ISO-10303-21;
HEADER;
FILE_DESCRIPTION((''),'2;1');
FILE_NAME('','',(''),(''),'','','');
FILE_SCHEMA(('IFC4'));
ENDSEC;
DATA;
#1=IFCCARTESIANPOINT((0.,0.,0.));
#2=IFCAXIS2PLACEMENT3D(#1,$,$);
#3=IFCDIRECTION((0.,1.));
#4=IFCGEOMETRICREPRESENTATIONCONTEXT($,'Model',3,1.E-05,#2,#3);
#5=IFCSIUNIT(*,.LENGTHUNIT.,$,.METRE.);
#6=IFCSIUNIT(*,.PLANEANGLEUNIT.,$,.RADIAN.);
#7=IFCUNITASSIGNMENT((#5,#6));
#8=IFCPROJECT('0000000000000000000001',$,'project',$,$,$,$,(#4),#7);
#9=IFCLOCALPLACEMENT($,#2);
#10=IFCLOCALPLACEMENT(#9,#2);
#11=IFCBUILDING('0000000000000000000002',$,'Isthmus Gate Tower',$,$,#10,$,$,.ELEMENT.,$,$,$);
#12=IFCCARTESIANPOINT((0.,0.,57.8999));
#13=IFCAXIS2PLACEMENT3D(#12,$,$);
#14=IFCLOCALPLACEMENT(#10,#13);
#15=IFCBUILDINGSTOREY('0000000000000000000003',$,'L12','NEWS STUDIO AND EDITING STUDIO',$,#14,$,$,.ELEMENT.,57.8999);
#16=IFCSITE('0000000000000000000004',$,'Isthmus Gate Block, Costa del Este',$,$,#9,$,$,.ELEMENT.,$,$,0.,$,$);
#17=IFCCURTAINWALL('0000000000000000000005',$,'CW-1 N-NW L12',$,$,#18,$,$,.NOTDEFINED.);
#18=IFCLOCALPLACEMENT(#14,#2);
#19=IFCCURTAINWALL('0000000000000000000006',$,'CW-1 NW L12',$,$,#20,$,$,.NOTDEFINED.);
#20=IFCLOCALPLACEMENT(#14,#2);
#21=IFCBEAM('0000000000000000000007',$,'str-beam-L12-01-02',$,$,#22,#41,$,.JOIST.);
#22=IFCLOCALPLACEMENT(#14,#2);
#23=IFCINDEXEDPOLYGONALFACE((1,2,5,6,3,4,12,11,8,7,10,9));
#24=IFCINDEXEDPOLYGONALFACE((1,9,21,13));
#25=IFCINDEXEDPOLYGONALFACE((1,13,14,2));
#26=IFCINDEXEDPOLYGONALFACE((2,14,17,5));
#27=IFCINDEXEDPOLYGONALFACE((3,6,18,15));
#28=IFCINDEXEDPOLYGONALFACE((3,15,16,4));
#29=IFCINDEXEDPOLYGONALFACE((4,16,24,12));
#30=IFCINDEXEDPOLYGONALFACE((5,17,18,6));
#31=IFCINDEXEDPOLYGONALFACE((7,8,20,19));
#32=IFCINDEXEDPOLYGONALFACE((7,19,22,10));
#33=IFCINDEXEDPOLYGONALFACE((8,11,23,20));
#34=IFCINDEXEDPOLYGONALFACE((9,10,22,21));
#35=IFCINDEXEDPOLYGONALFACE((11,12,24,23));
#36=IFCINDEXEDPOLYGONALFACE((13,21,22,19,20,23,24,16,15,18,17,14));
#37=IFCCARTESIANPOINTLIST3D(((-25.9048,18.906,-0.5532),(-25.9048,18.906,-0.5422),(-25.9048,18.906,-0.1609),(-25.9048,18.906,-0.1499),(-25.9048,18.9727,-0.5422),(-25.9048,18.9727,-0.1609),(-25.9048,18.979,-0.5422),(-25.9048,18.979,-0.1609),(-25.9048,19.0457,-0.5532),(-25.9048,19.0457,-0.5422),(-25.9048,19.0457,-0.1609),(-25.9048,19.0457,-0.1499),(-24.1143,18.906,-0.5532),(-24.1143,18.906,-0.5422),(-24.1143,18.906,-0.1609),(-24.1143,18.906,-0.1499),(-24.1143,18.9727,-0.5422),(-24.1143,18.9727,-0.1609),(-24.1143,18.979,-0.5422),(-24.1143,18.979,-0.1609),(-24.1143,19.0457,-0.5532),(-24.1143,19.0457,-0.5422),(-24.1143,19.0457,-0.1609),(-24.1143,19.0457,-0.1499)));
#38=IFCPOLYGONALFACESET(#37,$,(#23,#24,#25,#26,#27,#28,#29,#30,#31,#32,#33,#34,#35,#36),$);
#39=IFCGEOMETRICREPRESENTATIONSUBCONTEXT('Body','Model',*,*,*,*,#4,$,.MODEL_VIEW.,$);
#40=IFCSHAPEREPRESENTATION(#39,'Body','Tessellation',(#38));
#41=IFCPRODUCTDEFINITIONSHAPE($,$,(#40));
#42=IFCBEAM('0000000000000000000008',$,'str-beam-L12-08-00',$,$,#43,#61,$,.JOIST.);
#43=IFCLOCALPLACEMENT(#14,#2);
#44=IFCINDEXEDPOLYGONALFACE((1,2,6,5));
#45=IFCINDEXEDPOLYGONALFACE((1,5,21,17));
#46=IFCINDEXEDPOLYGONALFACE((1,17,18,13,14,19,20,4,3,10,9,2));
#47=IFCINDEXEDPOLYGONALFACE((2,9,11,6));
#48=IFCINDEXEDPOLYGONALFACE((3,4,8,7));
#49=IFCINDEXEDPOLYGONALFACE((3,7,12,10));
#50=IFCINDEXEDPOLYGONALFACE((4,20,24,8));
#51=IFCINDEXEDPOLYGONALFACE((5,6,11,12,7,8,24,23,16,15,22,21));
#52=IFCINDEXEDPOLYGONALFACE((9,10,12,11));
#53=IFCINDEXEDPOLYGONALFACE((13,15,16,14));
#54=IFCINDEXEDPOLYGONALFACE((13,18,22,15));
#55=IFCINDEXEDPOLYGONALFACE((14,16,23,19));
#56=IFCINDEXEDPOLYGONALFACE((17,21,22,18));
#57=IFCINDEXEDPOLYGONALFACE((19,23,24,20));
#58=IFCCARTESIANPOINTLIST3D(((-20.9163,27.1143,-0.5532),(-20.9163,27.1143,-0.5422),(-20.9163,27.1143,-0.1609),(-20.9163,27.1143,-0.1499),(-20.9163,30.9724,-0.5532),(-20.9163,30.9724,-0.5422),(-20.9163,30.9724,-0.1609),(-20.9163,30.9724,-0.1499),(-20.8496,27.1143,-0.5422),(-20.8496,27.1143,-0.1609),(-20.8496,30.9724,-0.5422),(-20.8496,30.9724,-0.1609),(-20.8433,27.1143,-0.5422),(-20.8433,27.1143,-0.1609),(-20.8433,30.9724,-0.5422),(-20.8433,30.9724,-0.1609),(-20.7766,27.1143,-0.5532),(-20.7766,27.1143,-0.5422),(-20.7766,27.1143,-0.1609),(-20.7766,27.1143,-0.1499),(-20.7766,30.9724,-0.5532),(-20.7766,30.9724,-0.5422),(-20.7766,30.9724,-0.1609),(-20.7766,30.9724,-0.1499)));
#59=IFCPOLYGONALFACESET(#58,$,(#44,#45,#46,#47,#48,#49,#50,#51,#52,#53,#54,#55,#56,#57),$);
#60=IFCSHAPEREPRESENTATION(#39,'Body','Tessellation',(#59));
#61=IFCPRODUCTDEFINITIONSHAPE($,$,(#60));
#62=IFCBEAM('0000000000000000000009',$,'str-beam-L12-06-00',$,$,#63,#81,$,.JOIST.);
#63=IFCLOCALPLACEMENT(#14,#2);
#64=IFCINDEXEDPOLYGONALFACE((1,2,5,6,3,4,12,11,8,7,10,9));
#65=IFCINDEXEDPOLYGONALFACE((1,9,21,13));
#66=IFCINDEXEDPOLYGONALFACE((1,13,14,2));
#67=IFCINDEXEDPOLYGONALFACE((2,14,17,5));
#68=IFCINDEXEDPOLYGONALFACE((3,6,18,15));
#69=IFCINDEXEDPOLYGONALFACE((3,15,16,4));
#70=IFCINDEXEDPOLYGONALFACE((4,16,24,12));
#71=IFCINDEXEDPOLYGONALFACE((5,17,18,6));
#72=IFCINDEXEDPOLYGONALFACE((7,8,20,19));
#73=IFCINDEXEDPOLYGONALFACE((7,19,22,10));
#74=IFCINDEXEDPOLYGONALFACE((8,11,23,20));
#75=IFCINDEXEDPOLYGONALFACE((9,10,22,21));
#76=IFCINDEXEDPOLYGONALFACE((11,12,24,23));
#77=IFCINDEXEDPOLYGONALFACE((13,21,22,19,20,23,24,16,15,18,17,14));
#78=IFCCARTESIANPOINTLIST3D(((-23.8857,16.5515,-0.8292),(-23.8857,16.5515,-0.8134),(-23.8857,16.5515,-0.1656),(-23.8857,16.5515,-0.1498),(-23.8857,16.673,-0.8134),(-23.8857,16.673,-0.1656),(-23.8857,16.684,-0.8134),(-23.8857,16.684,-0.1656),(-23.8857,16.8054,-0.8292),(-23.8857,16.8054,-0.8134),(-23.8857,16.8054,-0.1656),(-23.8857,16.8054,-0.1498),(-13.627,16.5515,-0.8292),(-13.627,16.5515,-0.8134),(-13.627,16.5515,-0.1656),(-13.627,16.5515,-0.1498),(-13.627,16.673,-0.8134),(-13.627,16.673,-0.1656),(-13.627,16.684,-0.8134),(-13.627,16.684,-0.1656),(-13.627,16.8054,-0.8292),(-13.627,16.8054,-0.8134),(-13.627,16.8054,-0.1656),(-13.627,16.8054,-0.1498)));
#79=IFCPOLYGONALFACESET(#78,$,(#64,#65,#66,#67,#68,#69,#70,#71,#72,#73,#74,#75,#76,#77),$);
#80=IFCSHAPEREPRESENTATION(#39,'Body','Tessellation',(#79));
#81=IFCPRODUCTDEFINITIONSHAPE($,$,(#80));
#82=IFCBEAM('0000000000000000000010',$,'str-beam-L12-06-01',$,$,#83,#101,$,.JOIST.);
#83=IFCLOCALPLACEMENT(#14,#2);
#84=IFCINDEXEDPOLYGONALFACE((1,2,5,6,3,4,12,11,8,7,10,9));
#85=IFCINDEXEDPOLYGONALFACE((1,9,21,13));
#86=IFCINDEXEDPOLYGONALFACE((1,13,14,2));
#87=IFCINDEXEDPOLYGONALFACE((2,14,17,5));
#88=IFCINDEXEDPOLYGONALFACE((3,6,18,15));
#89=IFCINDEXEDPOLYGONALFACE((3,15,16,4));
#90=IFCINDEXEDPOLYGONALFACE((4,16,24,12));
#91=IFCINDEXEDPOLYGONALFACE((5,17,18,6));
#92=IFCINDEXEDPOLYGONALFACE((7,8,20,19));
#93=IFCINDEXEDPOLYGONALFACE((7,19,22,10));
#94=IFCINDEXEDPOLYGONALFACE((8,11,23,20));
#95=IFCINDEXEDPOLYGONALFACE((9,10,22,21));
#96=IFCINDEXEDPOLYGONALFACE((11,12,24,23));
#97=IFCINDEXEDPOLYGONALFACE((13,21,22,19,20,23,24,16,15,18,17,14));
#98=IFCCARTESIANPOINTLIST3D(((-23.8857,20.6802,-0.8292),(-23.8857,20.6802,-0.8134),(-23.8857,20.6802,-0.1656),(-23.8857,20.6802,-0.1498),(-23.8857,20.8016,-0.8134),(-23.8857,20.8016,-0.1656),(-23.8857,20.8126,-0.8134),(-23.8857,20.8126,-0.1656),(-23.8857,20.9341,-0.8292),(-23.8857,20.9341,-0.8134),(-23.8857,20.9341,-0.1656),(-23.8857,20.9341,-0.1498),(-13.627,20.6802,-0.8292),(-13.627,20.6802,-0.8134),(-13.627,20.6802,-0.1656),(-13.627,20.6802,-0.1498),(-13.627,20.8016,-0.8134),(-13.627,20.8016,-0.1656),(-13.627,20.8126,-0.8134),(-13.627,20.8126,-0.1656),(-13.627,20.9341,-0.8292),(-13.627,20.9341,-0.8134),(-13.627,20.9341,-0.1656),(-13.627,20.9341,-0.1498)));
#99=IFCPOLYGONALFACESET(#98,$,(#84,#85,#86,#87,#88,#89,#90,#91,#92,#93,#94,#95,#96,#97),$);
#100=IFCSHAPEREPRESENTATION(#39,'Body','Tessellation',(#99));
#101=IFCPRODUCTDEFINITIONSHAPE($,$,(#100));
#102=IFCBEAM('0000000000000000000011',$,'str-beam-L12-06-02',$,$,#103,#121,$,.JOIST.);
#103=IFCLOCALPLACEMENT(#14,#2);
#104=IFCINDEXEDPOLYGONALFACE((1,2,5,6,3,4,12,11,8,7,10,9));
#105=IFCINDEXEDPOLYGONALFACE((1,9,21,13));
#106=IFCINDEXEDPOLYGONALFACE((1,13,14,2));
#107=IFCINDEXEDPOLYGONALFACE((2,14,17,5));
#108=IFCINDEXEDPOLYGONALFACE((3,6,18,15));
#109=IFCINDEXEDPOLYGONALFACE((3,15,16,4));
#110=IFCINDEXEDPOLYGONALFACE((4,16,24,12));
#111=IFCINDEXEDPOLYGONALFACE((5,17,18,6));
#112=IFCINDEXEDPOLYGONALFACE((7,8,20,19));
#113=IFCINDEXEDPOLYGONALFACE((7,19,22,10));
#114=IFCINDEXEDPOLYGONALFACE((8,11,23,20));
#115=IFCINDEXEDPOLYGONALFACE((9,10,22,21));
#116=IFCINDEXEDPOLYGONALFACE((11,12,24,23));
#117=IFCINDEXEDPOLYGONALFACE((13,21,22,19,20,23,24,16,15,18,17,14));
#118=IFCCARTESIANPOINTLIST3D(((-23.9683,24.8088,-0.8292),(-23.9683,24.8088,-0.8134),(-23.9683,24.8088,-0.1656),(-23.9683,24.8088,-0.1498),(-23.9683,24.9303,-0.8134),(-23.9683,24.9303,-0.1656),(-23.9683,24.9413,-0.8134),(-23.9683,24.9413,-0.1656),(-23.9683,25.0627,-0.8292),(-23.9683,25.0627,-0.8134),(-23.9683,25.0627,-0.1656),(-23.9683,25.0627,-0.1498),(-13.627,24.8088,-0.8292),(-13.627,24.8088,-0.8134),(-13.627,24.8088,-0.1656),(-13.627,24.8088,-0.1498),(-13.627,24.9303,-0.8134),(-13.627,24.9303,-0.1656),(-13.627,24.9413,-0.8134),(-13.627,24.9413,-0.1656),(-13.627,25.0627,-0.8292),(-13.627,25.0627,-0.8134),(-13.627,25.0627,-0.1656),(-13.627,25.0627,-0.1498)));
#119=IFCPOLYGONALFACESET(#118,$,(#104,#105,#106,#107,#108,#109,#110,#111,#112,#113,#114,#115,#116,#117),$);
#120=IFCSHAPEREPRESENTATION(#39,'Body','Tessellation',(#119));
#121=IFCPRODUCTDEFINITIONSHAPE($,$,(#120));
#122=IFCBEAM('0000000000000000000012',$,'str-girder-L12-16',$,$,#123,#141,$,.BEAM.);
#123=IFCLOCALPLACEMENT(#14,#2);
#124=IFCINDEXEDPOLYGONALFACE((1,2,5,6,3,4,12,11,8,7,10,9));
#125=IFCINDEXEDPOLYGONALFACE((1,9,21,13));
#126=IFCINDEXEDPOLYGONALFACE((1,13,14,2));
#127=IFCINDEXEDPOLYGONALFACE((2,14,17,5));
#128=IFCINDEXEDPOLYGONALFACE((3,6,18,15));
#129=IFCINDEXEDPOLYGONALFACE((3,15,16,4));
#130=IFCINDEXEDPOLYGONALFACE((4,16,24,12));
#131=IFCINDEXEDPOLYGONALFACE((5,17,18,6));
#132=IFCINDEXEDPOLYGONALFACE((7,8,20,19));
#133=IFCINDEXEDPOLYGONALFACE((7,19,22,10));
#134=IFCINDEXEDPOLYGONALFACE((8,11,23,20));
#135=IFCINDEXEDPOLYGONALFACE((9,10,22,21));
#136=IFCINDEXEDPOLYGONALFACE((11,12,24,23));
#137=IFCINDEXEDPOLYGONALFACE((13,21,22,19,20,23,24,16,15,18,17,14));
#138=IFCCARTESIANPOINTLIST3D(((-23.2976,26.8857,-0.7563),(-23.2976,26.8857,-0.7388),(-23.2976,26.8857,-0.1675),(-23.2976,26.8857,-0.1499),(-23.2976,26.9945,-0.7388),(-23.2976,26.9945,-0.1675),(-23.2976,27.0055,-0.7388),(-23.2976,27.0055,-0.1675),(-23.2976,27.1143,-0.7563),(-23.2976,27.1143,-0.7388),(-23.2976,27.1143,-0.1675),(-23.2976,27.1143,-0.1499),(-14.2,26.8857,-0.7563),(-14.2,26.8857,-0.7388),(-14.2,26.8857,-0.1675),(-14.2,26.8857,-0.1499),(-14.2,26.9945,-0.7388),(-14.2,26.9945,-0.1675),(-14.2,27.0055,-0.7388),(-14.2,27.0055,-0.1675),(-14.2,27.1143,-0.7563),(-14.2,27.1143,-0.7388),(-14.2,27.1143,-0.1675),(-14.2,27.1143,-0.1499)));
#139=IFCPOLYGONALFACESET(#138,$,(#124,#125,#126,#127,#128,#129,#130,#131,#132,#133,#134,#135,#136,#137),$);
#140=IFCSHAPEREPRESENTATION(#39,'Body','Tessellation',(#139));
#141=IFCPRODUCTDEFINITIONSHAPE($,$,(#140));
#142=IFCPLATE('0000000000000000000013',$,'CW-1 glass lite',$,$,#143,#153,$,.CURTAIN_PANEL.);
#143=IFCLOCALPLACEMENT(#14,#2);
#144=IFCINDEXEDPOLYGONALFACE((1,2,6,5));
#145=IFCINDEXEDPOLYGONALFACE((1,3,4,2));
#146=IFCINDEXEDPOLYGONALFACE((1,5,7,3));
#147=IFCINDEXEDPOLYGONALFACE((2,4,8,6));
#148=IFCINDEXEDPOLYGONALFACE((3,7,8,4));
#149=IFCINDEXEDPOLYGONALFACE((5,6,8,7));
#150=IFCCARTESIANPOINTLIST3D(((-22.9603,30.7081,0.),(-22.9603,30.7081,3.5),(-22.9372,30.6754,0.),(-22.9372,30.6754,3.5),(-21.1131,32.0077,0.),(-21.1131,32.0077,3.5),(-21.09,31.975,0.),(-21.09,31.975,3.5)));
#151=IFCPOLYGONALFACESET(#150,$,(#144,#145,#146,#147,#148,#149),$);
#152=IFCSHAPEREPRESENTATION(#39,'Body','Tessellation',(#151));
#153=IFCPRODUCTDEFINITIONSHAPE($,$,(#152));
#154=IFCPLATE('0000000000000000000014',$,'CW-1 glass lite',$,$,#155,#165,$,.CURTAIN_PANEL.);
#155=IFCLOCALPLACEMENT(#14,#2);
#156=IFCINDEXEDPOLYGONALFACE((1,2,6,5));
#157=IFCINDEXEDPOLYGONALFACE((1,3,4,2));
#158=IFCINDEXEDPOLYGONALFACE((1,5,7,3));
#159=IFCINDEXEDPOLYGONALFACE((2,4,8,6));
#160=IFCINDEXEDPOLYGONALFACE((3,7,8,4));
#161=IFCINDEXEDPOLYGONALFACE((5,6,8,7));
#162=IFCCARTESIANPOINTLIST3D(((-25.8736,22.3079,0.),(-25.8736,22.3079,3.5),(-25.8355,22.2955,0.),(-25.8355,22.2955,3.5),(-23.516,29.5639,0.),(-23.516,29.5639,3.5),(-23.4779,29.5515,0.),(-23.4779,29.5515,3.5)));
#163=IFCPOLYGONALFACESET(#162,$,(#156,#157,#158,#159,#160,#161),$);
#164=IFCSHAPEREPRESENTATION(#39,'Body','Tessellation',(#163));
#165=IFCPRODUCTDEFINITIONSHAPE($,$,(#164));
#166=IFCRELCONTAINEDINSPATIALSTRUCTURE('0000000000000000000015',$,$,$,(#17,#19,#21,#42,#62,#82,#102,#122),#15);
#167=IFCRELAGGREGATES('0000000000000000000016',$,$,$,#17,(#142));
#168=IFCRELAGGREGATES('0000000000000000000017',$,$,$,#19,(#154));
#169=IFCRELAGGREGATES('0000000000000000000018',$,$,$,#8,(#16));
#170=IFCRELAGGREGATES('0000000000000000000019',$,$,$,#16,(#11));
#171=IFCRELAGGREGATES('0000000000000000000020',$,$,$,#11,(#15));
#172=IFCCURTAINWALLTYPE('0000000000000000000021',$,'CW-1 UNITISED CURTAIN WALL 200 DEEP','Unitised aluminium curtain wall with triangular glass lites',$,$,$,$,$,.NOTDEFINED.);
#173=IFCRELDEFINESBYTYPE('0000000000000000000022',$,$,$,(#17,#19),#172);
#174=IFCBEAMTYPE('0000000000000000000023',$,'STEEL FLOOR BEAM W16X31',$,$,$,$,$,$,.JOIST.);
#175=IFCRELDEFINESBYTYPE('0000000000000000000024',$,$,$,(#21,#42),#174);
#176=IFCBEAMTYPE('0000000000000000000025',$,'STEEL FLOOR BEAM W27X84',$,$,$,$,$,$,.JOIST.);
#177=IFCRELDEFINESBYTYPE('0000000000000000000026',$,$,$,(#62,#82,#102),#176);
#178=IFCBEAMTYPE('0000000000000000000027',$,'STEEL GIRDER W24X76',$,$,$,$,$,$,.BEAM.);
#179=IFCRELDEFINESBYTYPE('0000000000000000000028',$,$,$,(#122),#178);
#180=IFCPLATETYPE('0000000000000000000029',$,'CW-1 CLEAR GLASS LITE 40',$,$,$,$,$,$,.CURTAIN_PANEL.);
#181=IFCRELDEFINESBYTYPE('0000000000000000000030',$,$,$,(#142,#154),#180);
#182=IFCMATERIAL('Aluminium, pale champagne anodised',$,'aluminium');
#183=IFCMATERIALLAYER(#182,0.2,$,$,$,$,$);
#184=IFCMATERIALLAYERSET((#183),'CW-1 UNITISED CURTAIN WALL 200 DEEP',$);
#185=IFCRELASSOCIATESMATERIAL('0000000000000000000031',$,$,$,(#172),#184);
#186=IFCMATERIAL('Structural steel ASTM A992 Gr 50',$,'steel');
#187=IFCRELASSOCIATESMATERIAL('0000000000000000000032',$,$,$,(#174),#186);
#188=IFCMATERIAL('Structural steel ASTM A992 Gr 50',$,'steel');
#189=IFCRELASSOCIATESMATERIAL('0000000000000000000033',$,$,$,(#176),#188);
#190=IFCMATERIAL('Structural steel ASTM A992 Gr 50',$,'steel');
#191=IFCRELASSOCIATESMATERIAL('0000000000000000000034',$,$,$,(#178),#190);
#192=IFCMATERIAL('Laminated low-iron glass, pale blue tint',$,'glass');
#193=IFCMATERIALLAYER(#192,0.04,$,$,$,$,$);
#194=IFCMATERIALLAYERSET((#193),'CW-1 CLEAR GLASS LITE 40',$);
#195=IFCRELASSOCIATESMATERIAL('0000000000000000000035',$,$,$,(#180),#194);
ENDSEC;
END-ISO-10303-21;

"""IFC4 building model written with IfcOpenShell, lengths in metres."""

from ifc_helpers import new_model, si_unit, direction, frame, origin, origin_2d, place, context, subcontext, project, spatial, rectangle, i_section, extrude, material, layer, layer_set, material_profile, profile_set, type_object, element, aggregate, save


model = new_model("IFC4")

# Units and contexts
model_context = context("Model", 3, precision=1e-05, world=origin(), true_north=direction((0.0, 1.0)))
body_context = subcontext(model_context, "Body", "Model", "MODEL_VIEW")
ifc_project = project(units=[si_unit("LENGTHUNIT", "METRE"), si_unit("PLANEANGLEUNIT", "RADIAN")], contexts=[model_context])

# Site, building, storey
site_placement = place(None, origin())
site = spatial("IfcSite", under=ifc_project, at=site_placement, Name="Isthmus Gate Block, Costa del Este", CompositionType="ELEMENT", RefElevation=0.0)
building_placement = place(site_placement, origin())
building = spatial("IfcBuilding", under=site, at=building_placement, Name="Isthmus Gate Tower", CompositionType="ELEMENT")
storey_placement = place(building_placement, frame((0.0, 0.0, 57.8999)))
storey = spatial("IfcBuildingStorey", under=building, at=storey_placement, Name="L12", Description="NEWS STUDIO AND EDITING STUDIO", CompositionType="ELEMENT", Elevation=57.8999)

# Curtain wall
ifc_material_1 = material(Name="Aluminium, pale champagne anodised", Category="aluminium")
ifc_layer_1 = layer(ifc_material_1, 0.2)
ifc_layer_set_1 = layer_set([ifc_layer_1], Name="CW-1 UNITISED CURTAIN WALL 200 DEEP")
curtain_wall_type = type_object("IfcCurtainWallType", Name="CW-1 UNITISED CURTAIN WALL 200 DEEP", Description="Unitised aluminium curtain wall with triangular glass lites", PredefinedType="NOTDEFINED", material=ifc_layer_set_1)
curtain_wall_1_placement = place(storey_placement, origin())
curtain_wall_1 = element("IfcCurtainWall", 1, at=curtain_wall_1_placement, inside=storey, type_object=curtain_wall_type, Name="CW-1 N-NW L12", PredefinedType="NOTDEFINED")

# Curtain wall
curtain_wall_2_placement = place(storey_placement, origin())
curtain_wall_2 = element("IfcCurtainWall", 2, at=curtain_wall_2_placement, inside=storey, type_object=curtain_wall_type, Name="CW-1 NW L12", PredefinedType="NOTDEFINED")

# Beams
ifc_material_2 = material(Name="Structural steel ASTM A992 Gr 50", Category="steel")
ifc_material_profile_1 = material_profile(ifc_material_2, i_section(OverallWidth=0.1396, OverallDepth=0.4033, WebThickness=0.0063, FlangeThickness=0.011, at=origin_2d()), Name="W16X31")
ifc_profile_set_1 = profile_set([ifc_material_profile_1], Name="Structural steel ASTM A992 Gr 50")
beam_type_1 = type_object("IfcBeamType", Name="STEEL FLOOR BEAM W16X31", PredefinedType="JOIST", material=ifc_profile_set_1)
beam_1_placement = place(storey_placement, frame((-25.9048, 18.9758, -0.3516), z_axis=(1.0, 0.0, 0.0), x_axis=(0.0, 1.0, 0.0)))
element("IfcBeam", 3, at=beam_1_placement, inside=storey, type_object=beam_type_1, Name="str-beam-L12-01-02", PredefinedType="JOIST", context=body_context, shape_type="SweptSolid", body=[
    extrude(i_section(OverallWidth=0.1396, OverallDepth=0.4033, WebThickness=0.0063, FlangeThickness=0.011, at=origin_2d()), origin(), (0.0, 0.0, 1.0), 1.7905),
])
beam_2_placement = place(storey_placement, frame((-20.8464, 27.1143, -0.3516), z_axis=(0.0, 1.0, 0.0), x_axis=(-1.0, 0.0, 0.0)))
element("IfcBeam", 4, at=beam_2_placement, inside=storey, type_object=beam_type_1, Name="str-beam-L12-08-00", PredefinedType="JOIST", context=body_context, shape_type="SweptSolid", body=[
    extrude(i_section(OverallWidth=0.1396, OverallDepth=0.4033, WebThickness=0.0063, FlangeThickness=0.011, at=origin_2d()), origin(), (0.0, 0.0, 1.0), 3.8582),
])
ifc_material_3 = material(Name="Structural steel ASTM A992 Gr 50", Category="steel")
ifc_material_profile_2 = material_profile(ifc_material_3, i_section(OverallWidth=0.2539, OverallDepth=0.6794, WebThickness=0.011, FlangeThickness=0.0159, at=origin_2d()), Name="W27X84")
ifc_profile_set_2 = profile_set([ifc_material_profile_2], Name="Structural steel ASTM A992 Gr 50")
beam_type_2 = type_object("IfcBeamType", Name="STEEL FLOOR BEAM W27X84", PredefinedType="JOIST", material=ifc_profile_set_2)
for number, where, z_axis, x_axis, name in (
    (5, (-23.8857, 16.6785, -0.4895), (1.0, 0.0, 0.0), (0.0, 1.0, 0.0), "str-beam-L12-06-00"),
    (6, (-23.8857, 20.8071, -0.4895), (1.0, 0.0, 0.0), (0.0, 1.0, 0.0), "str-beam-L12-06-01"),
):
    element("IfcBeam", number, at=place(storey_placement, frame(where, z_axis=z_axis, x_axis=x_axis)), inside=storey, type_object=beam_type_2, Name=name, PredefinedType="JOIST", context=body_context, shape_type="SweptSolid", body=[
        extrude(i_section(OverallWidth=0.2539, OverallDepth=0.6794, WebThickness=0.011, FlangeThickness=0.0159, at=origin_2d()), origin(), (0.0, 0.0, 1.0), 10.2588),
    ])
beam_3_placement = place(storey_placement, frame((-23.9683, 24.9358, -0.4895), z_axis=(1.0, 0.0, 0.0), x_axis=(0.0, 1.0, 0.0)))
element("IfcBeam", 7, at=beam_3_placement, inside=storey, type_object=beam_type_2, Name="str-beam-L12-06-02", PredefinedType="JOIST", context=body_context, shape_type="SweptSolid", body=[
    extrude(i_section(OverallWidth=0.2539, OverallDepth=0.6794, WebThickness=0.011, FlangeThickness=0.0159, at=origin_2d()), origin(), (0.0, 0.0, 1.0), 10.3413),
])
ifc_material_4 = material(Name="Structural steel ASTM A992 Gr 50", Category="steel")
ifc_material_profile_3 = material_profile(ifc_material_4, i_section(OverallWidth=0.2285, OverallDepth=0.6064, WebThickness=0.011, FlangeThickness=0.0176, at=origin_2d()), Name="W24X76")
ifc_profile_set_3 = profile_set([ifc_material_profile_3], Name="Structural steel ASTM A992 Gr 50")
beam_type_3 = type_object("IfcBeamType", Name="STEEL GIRDER W24X76", PredefinedType="BEAM", material=ifc_profile_set_3)
beam_4_placement = place(storey_placement, frame((-23.2976, 27.0, -0.4531), z_axis=(1.0, 0.0, 0.0), x_axis=(0.0, 1.0, 0.0)))
element("IfcBeam", 8, at=beam_4_placement, inside=storey, type_object=beam_type_3, Name="str-girder-L12-16", PredefinedType="BEAM", context=body_context, shape_type="SweptSolid", body=[
    extrude(i_section(OverallWidth=0.2285, OverallDepth=0.6064, WebThickness=0.011, FlangeThickness=0.0176, at=origin_2d()), origin(), (0.0, 0.0, 1.0), 9.0977),
])

# Plates
ifc_material_5 = material(Name="Laminated low-iron glass, pale blue tint", Category="glass")
ifc_layer_2 = layer(ifc_material_5, 0.04)
ifc_layer_set_2 = layer_set([ifc_layer_2], Name="CW-1 CLEAR GLASS LITE 40")
plate_type = type_object("IfcPlateType", Name="CW-1 CLEAR GLASS LITE 40", PredefinedType="CURTAIN_PANEL", material=ifc_layer_set_2)
plate_1_placement = place(storey_placement, frame((-22.0251, 31.3416, 0.0), z_axis=(0.0, 0.0, 1.0), x_axis=(-0.81786, -0.575418, 0.0)))
plate_1 = element("IfcPlate", 9, at=plate_1_placement, type_object=plate_type, Name="CW-1 glass lite", PredefinedType="CURTAIN_PANEL", context=body_context, shape_type="SweptSolid", body=[
    extrude(rectangle(XDim=2.2585, YDim=0.04, at=origin_2d()), origin(), (0.0, 0.0, 1.0), 3.5),
])
aggregate(curtain_wall_1, [plate_1])
plate_2_placement = place(storey_placement, frame((-24.6758, 25.9297, 0.0), z_axis=(0.0, 0.0, 1.0), x_axis=(-0.309017, -0.951057, 0.0)))
plate_2 = element("IfcPlate", 10, at=plate_2_placement, type_object=plate_type, Name="CW-1 glass lite", PredefinedType="CURTAIN_PANEL", context=body_context, shape_type="SweptSolid", body=[
    extrude(rectangle(XDim=7.6294, YDim=0.04, at=origin_2d()), origin(), (0.0, 0.0, 1.0), 3.5),
])

aggregate(curtain_wall_2, [plate_2])

save(model, "model.ifc")
